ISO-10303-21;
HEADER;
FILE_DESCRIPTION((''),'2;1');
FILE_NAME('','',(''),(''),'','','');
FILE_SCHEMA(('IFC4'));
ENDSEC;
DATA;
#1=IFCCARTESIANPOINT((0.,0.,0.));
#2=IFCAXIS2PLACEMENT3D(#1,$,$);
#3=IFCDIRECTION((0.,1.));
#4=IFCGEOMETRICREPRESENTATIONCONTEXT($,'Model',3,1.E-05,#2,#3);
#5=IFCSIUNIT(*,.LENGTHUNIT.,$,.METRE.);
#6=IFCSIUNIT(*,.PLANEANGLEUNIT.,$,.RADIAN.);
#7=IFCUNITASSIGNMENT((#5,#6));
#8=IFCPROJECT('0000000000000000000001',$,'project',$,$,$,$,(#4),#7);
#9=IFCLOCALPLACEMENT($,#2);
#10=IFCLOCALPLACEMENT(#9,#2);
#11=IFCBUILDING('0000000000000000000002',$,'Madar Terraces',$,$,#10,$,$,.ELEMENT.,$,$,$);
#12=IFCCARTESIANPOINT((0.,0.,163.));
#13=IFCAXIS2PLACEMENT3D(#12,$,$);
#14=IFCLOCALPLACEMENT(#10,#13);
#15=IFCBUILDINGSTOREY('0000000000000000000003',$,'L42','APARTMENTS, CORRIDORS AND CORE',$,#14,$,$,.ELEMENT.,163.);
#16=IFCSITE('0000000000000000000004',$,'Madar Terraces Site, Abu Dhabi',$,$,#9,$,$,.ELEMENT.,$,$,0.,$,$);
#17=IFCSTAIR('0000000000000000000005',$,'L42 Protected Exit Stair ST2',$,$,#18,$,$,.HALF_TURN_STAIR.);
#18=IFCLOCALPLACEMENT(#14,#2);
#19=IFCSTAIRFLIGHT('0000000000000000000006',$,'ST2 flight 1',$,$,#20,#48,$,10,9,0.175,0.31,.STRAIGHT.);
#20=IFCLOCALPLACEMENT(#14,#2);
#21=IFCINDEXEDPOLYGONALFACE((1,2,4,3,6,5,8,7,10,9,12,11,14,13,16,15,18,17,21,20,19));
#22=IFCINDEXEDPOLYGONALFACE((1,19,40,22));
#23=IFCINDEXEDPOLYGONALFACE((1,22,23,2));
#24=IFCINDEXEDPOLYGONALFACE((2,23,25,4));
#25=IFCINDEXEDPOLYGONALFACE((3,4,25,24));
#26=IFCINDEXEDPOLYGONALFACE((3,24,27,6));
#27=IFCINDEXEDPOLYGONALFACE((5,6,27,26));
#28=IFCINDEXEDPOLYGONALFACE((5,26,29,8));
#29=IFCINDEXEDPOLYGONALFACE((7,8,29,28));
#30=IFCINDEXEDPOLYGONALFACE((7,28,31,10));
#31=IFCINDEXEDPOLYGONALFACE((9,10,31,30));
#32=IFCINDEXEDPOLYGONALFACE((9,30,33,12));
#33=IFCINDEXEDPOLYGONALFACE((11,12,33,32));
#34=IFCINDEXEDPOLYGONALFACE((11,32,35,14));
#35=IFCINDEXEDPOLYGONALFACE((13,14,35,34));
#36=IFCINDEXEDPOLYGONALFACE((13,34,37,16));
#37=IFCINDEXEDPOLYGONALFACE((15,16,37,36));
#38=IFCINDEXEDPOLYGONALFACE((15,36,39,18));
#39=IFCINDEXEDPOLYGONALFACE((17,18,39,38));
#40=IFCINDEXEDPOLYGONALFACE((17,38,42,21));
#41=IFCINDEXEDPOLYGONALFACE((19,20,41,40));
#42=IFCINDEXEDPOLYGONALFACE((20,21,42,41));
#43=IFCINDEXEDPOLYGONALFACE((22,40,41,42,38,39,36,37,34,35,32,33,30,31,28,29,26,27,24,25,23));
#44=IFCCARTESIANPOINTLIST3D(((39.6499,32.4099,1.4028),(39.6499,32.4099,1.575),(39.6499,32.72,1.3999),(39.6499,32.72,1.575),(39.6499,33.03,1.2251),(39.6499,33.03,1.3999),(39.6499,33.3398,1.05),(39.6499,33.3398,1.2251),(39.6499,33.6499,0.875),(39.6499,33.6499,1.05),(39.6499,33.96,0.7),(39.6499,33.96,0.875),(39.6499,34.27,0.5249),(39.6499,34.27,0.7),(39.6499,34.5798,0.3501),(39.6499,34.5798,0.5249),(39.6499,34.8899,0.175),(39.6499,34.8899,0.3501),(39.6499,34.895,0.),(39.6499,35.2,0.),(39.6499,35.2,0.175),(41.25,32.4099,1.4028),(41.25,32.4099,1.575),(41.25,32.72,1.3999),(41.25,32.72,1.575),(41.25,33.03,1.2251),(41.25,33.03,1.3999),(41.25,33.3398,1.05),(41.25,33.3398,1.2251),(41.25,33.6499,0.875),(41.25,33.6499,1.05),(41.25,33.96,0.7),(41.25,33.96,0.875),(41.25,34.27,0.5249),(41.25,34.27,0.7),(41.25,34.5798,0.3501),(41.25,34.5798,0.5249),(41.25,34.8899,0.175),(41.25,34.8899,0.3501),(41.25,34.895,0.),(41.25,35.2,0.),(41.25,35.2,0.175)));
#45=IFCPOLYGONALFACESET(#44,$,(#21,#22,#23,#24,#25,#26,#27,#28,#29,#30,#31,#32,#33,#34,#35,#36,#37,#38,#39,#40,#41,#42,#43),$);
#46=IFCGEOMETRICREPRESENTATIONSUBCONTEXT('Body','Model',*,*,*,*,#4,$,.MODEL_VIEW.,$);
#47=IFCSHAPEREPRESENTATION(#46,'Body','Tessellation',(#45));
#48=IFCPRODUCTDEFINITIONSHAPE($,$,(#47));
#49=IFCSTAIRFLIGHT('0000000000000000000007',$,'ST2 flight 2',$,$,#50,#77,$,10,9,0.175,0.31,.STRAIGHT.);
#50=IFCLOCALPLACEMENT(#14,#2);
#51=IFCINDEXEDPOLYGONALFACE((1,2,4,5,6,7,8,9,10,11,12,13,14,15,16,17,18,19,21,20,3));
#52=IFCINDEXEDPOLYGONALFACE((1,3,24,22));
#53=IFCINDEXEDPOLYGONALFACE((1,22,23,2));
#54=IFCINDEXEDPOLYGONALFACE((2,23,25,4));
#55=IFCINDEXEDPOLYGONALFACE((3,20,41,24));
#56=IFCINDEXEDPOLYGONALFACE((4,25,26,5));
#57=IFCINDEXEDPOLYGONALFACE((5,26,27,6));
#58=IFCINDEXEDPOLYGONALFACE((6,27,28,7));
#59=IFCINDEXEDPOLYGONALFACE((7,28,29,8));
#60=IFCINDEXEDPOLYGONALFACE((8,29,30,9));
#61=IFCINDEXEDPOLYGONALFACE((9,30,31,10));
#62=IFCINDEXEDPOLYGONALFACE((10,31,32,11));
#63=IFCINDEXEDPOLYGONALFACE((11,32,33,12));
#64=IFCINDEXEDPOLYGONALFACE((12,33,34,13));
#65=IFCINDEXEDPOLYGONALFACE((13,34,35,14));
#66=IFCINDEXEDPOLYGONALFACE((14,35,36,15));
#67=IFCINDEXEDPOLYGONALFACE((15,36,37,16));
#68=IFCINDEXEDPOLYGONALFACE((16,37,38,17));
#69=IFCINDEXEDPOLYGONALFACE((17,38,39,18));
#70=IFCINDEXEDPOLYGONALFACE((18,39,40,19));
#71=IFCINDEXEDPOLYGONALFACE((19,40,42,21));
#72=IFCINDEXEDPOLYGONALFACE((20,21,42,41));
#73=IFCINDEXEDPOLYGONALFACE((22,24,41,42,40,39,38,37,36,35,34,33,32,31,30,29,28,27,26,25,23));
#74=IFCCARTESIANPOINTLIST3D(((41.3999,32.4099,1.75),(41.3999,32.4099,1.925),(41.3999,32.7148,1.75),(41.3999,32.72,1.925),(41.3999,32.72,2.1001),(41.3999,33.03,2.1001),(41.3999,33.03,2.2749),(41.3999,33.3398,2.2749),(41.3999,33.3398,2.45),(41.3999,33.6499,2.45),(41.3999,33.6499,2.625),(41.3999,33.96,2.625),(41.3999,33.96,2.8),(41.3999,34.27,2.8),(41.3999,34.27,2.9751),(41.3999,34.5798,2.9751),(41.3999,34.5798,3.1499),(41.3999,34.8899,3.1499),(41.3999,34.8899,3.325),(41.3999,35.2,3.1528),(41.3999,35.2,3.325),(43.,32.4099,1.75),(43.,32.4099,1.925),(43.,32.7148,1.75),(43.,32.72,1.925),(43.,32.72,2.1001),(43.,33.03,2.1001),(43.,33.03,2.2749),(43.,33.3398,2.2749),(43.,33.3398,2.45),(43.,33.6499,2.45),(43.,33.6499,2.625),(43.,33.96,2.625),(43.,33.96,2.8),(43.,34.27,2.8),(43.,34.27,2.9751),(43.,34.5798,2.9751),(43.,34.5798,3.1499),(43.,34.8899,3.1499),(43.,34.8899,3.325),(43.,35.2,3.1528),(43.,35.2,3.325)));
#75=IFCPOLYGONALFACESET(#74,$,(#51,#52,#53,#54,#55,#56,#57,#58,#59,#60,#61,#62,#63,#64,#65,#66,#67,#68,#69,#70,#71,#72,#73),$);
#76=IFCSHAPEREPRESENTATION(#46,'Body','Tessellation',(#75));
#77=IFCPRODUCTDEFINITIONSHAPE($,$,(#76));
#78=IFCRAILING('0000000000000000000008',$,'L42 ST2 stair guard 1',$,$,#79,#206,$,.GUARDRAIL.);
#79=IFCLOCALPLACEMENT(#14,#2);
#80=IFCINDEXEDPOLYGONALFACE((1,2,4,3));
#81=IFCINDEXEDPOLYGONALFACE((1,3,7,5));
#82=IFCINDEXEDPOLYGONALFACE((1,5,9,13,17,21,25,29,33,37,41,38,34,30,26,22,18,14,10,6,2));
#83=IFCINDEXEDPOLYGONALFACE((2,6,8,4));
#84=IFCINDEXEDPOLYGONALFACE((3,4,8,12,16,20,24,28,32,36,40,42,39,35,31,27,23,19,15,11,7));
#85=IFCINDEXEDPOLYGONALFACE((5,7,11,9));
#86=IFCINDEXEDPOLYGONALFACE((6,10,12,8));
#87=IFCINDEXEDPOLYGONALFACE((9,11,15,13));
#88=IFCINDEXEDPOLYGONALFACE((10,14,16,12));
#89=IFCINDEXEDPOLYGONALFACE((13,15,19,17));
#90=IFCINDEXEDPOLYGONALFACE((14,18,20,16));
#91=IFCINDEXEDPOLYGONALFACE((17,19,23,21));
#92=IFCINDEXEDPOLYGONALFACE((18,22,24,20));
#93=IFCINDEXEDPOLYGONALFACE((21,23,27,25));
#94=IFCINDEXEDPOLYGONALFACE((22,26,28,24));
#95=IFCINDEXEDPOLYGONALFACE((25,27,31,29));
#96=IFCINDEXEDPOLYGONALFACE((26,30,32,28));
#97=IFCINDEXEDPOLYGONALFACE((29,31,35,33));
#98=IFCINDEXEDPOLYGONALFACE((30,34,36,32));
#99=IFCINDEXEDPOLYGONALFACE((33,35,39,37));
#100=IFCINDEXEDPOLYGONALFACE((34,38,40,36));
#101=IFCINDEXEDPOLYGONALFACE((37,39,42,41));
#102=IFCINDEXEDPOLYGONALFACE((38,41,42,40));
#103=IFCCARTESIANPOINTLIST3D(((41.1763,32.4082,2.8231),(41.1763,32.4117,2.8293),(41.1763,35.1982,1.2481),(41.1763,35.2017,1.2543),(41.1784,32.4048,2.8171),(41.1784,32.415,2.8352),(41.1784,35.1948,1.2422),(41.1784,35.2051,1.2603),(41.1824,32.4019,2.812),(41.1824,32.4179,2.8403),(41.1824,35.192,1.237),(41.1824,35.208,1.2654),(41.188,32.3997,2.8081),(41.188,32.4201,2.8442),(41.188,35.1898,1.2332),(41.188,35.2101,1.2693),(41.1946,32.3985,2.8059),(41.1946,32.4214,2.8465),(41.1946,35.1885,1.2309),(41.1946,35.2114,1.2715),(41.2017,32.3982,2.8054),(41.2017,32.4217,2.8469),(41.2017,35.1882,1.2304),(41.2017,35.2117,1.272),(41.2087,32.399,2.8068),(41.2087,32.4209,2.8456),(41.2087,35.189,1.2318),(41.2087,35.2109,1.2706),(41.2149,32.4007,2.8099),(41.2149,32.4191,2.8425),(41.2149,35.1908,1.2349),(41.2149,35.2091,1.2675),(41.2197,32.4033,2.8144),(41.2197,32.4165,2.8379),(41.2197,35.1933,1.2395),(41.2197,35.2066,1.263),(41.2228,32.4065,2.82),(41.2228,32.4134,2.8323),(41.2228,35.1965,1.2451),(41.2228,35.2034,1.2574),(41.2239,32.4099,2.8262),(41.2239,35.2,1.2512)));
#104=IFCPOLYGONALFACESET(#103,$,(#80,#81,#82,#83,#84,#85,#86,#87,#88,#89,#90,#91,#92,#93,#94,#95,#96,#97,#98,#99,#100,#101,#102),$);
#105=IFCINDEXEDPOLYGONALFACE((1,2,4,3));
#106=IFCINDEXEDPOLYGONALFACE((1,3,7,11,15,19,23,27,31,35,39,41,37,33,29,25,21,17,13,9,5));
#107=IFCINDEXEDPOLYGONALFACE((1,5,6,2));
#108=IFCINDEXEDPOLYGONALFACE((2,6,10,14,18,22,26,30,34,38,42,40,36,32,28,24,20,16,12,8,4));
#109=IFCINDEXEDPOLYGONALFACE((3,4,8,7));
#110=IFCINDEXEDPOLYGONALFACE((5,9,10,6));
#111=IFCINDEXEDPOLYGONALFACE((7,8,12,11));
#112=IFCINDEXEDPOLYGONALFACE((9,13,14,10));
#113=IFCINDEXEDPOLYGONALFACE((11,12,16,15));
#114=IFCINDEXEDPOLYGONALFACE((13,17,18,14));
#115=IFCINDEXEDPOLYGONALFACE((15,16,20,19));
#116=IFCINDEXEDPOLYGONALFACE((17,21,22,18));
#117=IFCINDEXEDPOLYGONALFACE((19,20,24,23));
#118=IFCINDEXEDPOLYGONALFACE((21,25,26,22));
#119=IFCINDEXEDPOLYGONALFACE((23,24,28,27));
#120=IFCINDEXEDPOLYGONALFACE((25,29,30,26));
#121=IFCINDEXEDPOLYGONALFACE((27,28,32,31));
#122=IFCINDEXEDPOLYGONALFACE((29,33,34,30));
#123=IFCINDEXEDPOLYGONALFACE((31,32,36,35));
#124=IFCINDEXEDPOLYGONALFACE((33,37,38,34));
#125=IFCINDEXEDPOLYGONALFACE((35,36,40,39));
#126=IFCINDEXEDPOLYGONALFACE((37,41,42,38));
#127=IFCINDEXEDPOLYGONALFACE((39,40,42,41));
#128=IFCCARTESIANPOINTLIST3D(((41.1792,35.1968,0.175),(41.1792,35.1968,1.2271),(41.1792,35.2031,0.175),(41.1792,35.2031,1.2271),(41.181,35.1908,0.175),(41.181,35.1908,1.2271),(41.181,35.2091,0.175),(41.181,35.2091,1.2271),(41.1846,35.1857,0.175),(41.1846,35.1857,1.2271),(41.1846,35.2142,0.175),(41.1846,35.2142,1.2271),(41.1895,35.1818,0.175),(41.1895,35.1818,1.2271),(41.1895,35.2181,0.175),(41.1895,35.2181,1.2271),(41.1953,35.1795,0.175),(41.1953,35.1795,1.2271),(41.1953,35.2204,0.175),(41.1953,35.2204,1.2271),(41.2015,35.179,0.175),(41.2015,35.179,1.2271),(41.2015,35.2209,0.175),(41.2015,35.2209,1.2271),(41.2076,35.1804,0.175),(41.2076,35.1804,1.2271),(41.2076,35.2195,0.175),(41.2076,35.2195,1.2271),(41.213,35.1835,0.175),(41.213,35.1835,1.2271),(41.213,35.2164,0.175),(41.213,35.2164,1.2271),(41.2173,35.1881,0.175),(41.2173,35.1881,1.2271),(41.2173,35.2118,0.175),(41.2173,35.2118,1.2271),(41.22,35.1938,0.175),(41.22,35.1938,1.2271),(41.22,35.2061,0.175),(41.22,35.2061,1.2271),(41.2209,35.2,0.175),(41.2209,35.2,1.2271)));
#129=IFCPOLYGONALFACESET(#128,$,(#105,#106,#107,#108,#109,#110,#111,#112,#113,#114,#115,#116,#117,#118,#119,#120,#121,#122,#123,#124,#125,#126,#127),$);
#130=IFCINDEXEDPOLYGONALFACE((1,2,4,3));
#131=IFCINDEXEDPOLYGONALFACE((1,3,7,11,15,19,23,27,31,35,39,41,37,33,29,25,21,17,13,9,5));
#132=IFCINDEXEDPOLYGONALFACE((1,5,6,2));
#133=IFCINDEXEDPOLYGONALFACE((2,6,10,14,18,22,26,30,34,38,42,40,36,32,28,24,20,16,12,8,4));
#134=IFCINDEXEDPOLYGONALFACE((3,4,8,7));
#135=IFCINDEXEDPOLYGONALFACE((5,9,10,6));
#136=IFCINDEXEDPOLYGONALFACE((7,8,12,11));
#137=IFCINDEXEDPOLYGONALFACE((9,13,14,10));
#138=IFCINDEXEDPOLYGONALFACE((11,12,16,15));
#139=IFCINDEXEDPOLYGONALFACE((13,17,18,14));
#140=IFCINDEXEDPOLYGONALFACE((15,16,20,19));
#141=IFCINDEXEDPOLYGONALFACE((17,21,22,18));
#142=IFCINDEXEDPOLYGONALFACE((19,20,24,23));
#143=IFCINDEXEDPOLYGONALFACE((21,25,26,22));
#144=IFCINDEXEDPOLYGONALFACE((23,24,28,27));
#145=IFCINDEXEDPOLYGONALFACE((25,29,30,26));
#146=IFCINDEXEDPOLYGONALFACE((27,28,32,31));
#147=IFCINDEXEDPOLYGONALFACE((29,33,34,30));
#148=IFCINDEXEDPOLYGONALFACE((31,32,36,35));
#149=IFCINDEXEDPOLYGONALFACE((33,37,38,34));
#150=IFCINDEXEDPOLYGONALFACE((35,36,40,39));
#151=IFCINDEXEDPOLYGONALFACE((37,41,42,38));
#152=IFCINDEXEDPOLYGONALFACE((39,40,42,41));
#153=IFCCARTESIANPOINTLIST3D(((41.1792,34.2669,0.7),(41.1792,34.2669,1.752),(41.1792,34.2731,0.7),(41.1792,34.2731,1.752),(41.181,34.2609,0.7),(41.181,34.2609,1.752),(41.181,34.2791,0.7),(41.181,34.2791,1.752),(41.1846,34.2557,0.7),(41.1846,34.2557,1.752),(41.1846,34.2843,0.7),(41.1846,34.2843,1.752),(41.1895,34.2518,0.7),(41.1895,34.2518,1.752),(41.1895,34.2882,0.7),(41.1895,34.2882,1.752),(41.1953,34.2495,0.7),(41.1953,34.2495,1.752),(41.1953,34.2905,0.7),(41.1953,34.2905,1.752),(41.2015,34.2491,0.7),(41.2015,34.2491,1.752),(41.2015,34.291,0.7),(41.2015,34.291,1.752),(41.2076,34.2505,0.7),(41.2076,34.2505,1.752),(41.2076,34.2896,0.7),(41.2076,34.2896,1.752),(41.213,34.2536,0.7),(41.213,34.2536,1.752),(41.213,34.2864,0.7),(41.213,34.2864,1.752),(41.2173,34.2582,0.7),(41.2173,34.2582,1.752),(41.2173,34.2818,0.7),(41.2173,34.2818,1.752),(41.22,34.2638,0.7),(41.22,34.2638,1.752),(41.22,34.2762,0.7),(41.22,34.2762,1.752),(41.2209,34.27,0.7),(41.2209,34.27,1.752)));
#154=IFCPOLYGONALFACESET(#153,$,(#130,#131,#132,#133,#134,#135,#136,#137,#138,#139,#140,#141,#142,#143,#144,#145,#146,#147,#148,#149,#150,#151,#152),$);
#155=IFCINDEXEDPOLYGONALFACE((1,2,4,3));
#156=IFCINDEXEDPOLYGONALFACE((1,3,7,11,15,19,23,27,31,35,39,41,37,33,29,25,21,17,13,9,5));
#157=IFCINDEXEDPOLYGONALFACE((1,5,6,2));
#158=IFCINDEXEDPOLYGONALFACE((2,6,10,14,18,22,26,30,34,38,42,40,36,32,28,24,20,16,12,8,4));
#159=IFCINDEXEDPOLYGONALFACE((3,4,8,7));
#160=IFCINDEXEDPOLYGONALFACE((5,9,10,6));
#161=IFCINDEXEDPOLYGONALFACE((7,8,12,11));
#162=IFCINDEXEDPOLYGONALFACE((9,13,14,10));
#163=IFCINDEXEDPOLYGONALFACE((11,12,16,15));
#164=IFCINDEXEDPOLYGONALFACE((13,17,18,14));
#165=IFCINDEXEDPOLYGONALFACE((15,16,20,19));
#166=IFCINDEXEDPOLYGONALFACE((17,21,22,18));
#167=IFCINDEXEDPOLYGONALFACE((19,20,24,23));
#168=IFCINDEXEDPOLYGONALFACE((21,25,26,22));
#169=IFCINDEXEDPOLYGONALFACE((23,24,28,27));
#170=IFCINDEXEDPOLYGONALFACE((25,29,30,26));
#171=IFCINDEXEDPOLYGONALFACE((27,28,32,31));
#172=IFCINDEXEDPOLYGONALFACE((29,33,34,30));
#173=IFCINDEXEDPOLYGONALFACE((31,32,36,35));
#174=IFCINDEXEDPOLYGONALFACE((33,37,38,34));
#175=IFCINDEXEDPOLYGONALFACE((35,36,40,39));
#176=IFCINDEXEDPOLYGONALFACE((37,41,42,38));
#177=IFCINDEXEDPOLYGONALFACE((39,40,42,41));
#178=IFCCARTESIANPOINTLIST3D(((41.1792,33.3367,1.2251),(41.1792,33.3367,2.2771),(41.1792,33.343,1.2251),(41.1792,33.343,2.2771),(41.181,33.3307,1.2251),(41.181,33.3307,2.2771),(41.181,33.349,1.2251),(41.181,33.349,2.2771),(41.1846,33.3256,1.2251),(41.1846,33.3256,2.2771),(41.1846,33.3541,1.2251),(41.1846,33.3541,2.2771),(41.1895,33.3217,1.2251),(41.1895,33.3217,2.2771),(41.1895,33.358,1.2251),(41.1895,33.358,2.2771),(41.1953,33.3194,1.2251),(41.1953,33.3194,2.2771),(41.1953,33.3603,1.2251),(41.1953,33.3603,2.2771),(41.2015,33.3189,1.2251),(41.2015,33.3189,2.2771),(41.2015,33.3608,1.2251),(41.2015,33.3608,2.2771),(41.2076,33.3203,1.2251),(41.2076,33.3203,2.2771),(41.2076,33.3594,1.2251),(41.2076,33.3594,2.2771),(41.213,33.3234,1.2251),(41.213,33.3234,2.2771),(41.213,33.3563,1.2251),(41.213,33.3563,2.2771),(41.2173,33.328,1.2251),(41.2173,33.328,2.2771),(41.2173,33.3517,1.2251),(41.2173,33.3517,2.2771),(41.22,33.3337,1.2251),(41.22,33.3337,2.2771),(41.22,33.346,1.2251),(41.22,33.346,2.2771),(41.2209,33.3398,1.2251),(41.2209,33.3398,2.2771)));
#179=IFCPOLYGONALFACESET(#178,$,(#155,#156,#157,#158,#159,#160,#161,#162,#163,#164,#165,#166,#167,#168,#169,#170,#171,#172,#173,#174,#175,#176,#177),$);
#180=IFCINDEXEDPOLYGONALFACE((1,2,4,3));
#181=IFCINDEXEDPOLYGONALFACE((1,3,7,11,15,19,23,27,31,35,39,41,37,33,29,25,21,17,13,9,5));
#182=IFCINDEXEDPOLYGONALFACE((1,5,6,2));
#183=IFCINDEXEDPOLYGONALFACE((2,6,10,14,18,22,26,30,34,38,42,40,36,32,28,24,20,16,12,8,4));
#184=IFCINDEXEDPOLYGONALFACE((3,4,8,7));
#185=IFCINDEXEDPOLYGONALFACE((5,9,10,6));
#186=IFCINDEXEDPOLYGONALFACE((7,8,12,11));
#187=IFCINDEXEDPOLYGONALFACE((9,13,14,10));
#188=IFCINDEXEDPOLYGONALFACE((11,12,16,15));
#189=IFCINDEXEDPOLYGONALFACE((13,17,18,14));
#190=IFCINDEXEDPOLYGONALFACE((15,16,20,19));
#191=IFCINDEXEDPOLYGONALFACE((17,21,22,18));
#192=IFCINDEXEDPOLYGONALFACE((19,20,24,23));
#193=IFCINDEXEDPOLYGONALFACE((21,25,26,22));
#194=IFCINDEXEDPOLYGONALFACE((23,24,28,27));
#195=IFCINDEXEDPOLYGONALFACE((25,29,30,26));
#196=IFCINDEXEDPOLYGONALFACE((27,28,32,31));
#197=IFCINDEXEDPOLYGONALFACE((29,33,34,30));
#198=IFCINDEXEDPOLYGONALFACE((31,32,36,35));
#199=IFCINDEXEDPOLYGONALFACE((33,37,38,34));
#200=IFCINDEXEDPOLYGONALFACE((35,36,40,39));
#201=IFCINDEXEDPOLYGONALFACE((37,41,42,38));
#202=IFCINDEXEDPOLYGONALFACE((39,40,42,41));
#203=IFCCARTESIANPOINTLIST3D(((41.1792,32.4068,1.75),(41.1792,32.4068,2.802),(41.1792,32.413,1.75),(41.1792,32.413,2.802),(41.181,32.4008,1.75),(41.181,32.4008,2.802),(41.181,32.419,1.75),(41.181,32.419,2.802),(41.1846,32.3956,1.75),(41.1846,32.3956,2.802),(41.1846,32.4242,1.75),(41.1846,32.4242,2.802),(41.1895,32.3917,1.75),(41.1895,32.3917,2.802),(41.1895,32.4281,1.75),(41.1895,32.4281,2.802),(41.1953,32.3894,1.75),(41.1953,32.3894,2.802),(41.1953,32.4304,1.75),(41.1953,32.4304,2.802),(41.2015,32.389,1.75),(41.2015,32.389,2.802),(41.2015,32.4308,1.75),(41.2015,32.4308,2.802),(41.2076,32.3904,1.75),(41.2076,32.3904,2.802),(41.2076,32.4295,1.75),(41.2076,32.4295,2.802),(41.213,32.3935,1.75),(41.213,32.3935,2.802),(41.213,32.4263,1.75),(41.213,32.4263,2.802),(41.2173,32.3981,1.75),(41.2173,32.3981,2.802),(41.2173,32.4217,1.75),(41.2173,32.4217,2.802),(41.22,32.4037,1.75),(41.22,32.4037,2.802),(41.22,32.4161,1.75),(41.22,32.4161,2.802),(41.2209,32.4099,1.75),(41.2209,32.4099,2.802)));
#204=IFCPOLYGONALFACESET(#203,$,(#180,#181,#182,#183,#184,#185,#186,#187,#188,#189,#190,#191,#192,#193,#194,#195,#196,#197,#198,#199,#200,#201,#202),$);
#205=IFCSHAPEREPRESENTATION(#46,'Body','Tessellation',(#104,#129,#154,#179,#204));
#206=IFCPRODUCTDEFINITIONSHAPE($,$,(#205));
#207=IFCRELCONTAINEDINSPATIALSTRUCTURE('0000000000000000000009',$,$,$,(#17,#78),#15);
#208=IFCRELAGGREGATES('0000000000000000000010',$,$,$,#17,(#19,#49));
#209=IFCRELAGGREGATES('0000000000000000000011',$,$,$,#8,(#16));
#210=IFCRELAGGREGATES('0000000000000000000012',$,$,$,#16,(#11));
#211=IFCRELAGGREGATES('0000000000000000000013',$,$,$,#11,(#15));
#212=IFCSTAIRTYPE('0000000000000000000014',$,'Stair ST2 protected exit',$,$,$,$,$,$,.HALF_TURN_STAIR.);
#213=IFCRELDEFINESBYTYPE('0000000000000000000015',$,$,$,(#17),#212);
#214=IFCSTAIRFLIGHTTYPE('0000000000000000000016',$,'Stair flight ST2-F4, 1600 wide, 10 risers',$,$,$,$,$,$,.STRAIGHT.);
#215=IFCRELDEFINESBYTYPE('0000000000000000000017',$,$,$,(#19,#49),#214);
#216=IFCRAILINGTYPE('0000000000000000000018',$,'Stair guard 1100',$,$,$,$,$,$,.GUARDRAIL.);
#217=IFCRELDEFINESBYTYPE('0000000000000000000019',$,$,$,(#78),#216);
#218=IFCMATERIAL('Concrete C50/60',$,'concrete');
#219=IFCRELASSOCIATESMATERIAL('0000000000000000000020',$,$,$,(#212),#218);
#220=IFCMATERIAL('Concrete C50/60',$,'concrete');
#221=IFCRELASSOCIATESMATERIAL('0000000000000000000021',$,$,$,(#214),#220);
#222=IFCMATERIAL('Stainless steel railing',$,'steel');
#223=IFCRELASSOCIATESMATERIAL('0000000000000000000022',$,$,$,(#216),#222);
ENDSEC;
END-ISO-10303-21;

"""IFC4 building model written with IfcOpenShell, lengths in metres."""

from ifc_helpers import new_model, si_unit, direction, frame, origin, origin_2d, place, context, subcontext, project, spatial, polyline, circle, outline, extrude, material, type_object, element, aggregate, save


model = new_model("IFC4")

# Units and contexts
model_context = context("Model", 3, precision=1e-05, world=origin(), true_north=direction((0.0, 1.0)))
body_context = subcontext(model_context, "Body", "Model", "MODEL_VIEW")
ifc_project = project(units=[si_unit("LENGTHUNIT", "METRE"), si_unit("PLANEANGLEUNIT", "RADIAN")], contexts=[model_context])

# Site, building, storey
site_placement = place(None, origin())
site = spatial("IfcSite", under=ifc_project, at=site_placement, Name="Madar Terraces Site, Abu Dhabi", CompositionType="ELEMENT", RefElevation=0.0)
building_placement = place(site_placement, origin())
building = spatial("IfcBuilding", under=site, at=building_placement, Name="Madar Terraces", CompositionType="ELEMENT")
storey_placement = place(building_placement, frame((0.0, 0.0, 163.0)))
storey = spatial("IfcBuildingStorey", under=building, at=storey_placement, Name="L42", Description="APARTMENTS, CORRIDORS AND CORE", CompositionType="ELEMENT", Elevation=163.0)

# Stair, stair flights
ifc_material_1 = material(Name="Concrete C50/60", Category="concrete")
stair_type = type_object("IfcStairType", Name="Stair ST2 protected exit", PredefinedType="HALF_TURN_STAIR", material=ifc_material_1)
stair_placement = place(storey_placement, origin())
stair = element("IfcStair", 1, at=stair_placement, inside=storey, type_object=stair_type, Name="L42 Protected Exit Stair ST2", PredefinedType="HALF_TURN_STAIR")
ifc_material_2 = material(Name="Concrete C50/60", Category="concrete")
stair_flight_type = type_object("IfcStairFlightType", Name="Stair flight ST2-F4, 1600 wide, 10 risers", PredefinedType="STRAIGHT", material=ifc_material_2)
stair_flight_1_placement = place(storey_placement, frame((40.45, 35.2, 0.0), z_axis=(0.0, 0.0, 1.0), x_axis=(0.0, -1.0, 0.0)))
stair_flight_1 = element("IfcStairFlight", 2, at=stair_flight_1_placement, type_object=stair_flight_type, Name="ST2 flight 1", NumberOfRisers=10, NumberOfTreads=9, PredefinedType="STRAIGHT", RiserHeight=0.175, TreadLength=0.31, context=body_context, shape_type="SweptSolid", body=[
    extrude(outline(polyline([(0.0, 0.0), (0.0, 0.175), (0.3101, 0.175), (0.3101, 0.3501), (0.6201, 0.3501), (0.6201, 0.5249), (0.9299, 0.5249), (0.9299, 0.7), (1.24, 0.7), (1.24, 0.875), (1.55, 0.875), (1.55, 1.05), (1.8601, 1.05), (1.8601, 1.2251), (2.1699, 1.2251), (2.1699, 1.3999), (2.48, 1.3999), (2.48, 1.575), (2.79, 1.575), (2.79, 1.75), (2.79, 1.4028), (0.3049, 0.0), (0.0, 0.0)])), frame((0.0, 0.8, 0.0), z_axis=(0.0, -1.0, 0.0), x_axis=(1.0, 0.0, 0.0)), (0.0, 0.0, 1.0), 1.6001),
])
stair_flight_2_placement = place(storey_placement, frame((42.2, 32.4099, 1.75), z_axis=(0.0, 0.0, 1.0), x_axis=(0.0, 1.0, 0.0)))
stair_flight_2 = element("IfcStairFlight", 3, at=stair_flight_2_placement, type_object=stair_flight_type, Name="ST2 flight 2", NumberOfRisers=10, NumberOfTreads=9, PredefinedType="STRAIGHT", RiserHeight=0.175, TreadLength=0.31, context=body_context, shape_type="SweptSolid", body=[
    extrude(outline(polyline([(0.0, 0.0), (0.0, 0.175), (0.3101, 0.175), (0.3101, 0.3501), (0.6201, 0.3501), (0.6201, 0.5249), (0.9299, 0.5249), (0.9299, 0.7), (1.24, 0.7), (1.24, 0.875), (1.55, 0.875), (1.55, 1.05), (1.8601, 1.05), (1.8601, 1.2251), (2.1699, 1.2251), (2.1699, 1.3999), (2.48, 1.3999), (2.48, 1.575), (2.79, 1.575), (2.79, 1.75), (2.79, 1.4028), (0.3049, 0.0), (0.0, 0.0)])), frame((0.0, 0.8, 0.0), z_axis=(0.0, -1.0, 0.0), x_axis=(1.0, 0.0, 0.0)), (0.0, 0.0, 1.0), 1.6001),
])
aggregate(stair, [stair_flight_1, stair_flight_2])

# Railing
ifc_material_3 = material(Name="Stainless steel railing", Category="steel")
railing_type_1 = type_object("IfcRailingType", Name="Stair guard 1100", PredefinedType="GUARDRAIL", material=ifc_material_3)
railing_1_placement = place(storey_placement, frame((41.2, 35.2, 0.175)))
element("IfcRailing", 4, at=railing_1_placement, inside=storey, type_object=railing_type_1, Name="L42 ST2 stair guard 1", PredefinedType="GUARDRAIL", context=body_context, shape_type="SweptSolid", body=[
    extrude(circle(Radius=0.0239, at=origin_2d()), frame((0.0, 0.0, 1.0762), z_axis=(0.0, -0.870834, 0.491578), x_axis=(1.0, 0.0, 0.0)), (0.0, 0.0, 1.0), 3.2039),
    extrude(circle(Radius=0.021, at=origin_2d()), origin(), (0.0, 0.0, 1.0), 1.052),
    extrude(circle(Radius=0.021, at=origin_2d()), frame((0.0, -0.9299, 0.5249)), (0.0, 0.0, 1.0), 1.052),
    extrude(circle(Radius=0.021, at=origin_2d()), frame((0.0, -1.8601, 1.05)), (0.0, 0.0, 1.0), 1.052),
    extrude(circle(Radius=0.021, at=origin_2d()), frame((0.0, -2.79, 1.575)), (0.0, 0.0, 1.0), 1.052),
])

save(model, "model.ifc")
